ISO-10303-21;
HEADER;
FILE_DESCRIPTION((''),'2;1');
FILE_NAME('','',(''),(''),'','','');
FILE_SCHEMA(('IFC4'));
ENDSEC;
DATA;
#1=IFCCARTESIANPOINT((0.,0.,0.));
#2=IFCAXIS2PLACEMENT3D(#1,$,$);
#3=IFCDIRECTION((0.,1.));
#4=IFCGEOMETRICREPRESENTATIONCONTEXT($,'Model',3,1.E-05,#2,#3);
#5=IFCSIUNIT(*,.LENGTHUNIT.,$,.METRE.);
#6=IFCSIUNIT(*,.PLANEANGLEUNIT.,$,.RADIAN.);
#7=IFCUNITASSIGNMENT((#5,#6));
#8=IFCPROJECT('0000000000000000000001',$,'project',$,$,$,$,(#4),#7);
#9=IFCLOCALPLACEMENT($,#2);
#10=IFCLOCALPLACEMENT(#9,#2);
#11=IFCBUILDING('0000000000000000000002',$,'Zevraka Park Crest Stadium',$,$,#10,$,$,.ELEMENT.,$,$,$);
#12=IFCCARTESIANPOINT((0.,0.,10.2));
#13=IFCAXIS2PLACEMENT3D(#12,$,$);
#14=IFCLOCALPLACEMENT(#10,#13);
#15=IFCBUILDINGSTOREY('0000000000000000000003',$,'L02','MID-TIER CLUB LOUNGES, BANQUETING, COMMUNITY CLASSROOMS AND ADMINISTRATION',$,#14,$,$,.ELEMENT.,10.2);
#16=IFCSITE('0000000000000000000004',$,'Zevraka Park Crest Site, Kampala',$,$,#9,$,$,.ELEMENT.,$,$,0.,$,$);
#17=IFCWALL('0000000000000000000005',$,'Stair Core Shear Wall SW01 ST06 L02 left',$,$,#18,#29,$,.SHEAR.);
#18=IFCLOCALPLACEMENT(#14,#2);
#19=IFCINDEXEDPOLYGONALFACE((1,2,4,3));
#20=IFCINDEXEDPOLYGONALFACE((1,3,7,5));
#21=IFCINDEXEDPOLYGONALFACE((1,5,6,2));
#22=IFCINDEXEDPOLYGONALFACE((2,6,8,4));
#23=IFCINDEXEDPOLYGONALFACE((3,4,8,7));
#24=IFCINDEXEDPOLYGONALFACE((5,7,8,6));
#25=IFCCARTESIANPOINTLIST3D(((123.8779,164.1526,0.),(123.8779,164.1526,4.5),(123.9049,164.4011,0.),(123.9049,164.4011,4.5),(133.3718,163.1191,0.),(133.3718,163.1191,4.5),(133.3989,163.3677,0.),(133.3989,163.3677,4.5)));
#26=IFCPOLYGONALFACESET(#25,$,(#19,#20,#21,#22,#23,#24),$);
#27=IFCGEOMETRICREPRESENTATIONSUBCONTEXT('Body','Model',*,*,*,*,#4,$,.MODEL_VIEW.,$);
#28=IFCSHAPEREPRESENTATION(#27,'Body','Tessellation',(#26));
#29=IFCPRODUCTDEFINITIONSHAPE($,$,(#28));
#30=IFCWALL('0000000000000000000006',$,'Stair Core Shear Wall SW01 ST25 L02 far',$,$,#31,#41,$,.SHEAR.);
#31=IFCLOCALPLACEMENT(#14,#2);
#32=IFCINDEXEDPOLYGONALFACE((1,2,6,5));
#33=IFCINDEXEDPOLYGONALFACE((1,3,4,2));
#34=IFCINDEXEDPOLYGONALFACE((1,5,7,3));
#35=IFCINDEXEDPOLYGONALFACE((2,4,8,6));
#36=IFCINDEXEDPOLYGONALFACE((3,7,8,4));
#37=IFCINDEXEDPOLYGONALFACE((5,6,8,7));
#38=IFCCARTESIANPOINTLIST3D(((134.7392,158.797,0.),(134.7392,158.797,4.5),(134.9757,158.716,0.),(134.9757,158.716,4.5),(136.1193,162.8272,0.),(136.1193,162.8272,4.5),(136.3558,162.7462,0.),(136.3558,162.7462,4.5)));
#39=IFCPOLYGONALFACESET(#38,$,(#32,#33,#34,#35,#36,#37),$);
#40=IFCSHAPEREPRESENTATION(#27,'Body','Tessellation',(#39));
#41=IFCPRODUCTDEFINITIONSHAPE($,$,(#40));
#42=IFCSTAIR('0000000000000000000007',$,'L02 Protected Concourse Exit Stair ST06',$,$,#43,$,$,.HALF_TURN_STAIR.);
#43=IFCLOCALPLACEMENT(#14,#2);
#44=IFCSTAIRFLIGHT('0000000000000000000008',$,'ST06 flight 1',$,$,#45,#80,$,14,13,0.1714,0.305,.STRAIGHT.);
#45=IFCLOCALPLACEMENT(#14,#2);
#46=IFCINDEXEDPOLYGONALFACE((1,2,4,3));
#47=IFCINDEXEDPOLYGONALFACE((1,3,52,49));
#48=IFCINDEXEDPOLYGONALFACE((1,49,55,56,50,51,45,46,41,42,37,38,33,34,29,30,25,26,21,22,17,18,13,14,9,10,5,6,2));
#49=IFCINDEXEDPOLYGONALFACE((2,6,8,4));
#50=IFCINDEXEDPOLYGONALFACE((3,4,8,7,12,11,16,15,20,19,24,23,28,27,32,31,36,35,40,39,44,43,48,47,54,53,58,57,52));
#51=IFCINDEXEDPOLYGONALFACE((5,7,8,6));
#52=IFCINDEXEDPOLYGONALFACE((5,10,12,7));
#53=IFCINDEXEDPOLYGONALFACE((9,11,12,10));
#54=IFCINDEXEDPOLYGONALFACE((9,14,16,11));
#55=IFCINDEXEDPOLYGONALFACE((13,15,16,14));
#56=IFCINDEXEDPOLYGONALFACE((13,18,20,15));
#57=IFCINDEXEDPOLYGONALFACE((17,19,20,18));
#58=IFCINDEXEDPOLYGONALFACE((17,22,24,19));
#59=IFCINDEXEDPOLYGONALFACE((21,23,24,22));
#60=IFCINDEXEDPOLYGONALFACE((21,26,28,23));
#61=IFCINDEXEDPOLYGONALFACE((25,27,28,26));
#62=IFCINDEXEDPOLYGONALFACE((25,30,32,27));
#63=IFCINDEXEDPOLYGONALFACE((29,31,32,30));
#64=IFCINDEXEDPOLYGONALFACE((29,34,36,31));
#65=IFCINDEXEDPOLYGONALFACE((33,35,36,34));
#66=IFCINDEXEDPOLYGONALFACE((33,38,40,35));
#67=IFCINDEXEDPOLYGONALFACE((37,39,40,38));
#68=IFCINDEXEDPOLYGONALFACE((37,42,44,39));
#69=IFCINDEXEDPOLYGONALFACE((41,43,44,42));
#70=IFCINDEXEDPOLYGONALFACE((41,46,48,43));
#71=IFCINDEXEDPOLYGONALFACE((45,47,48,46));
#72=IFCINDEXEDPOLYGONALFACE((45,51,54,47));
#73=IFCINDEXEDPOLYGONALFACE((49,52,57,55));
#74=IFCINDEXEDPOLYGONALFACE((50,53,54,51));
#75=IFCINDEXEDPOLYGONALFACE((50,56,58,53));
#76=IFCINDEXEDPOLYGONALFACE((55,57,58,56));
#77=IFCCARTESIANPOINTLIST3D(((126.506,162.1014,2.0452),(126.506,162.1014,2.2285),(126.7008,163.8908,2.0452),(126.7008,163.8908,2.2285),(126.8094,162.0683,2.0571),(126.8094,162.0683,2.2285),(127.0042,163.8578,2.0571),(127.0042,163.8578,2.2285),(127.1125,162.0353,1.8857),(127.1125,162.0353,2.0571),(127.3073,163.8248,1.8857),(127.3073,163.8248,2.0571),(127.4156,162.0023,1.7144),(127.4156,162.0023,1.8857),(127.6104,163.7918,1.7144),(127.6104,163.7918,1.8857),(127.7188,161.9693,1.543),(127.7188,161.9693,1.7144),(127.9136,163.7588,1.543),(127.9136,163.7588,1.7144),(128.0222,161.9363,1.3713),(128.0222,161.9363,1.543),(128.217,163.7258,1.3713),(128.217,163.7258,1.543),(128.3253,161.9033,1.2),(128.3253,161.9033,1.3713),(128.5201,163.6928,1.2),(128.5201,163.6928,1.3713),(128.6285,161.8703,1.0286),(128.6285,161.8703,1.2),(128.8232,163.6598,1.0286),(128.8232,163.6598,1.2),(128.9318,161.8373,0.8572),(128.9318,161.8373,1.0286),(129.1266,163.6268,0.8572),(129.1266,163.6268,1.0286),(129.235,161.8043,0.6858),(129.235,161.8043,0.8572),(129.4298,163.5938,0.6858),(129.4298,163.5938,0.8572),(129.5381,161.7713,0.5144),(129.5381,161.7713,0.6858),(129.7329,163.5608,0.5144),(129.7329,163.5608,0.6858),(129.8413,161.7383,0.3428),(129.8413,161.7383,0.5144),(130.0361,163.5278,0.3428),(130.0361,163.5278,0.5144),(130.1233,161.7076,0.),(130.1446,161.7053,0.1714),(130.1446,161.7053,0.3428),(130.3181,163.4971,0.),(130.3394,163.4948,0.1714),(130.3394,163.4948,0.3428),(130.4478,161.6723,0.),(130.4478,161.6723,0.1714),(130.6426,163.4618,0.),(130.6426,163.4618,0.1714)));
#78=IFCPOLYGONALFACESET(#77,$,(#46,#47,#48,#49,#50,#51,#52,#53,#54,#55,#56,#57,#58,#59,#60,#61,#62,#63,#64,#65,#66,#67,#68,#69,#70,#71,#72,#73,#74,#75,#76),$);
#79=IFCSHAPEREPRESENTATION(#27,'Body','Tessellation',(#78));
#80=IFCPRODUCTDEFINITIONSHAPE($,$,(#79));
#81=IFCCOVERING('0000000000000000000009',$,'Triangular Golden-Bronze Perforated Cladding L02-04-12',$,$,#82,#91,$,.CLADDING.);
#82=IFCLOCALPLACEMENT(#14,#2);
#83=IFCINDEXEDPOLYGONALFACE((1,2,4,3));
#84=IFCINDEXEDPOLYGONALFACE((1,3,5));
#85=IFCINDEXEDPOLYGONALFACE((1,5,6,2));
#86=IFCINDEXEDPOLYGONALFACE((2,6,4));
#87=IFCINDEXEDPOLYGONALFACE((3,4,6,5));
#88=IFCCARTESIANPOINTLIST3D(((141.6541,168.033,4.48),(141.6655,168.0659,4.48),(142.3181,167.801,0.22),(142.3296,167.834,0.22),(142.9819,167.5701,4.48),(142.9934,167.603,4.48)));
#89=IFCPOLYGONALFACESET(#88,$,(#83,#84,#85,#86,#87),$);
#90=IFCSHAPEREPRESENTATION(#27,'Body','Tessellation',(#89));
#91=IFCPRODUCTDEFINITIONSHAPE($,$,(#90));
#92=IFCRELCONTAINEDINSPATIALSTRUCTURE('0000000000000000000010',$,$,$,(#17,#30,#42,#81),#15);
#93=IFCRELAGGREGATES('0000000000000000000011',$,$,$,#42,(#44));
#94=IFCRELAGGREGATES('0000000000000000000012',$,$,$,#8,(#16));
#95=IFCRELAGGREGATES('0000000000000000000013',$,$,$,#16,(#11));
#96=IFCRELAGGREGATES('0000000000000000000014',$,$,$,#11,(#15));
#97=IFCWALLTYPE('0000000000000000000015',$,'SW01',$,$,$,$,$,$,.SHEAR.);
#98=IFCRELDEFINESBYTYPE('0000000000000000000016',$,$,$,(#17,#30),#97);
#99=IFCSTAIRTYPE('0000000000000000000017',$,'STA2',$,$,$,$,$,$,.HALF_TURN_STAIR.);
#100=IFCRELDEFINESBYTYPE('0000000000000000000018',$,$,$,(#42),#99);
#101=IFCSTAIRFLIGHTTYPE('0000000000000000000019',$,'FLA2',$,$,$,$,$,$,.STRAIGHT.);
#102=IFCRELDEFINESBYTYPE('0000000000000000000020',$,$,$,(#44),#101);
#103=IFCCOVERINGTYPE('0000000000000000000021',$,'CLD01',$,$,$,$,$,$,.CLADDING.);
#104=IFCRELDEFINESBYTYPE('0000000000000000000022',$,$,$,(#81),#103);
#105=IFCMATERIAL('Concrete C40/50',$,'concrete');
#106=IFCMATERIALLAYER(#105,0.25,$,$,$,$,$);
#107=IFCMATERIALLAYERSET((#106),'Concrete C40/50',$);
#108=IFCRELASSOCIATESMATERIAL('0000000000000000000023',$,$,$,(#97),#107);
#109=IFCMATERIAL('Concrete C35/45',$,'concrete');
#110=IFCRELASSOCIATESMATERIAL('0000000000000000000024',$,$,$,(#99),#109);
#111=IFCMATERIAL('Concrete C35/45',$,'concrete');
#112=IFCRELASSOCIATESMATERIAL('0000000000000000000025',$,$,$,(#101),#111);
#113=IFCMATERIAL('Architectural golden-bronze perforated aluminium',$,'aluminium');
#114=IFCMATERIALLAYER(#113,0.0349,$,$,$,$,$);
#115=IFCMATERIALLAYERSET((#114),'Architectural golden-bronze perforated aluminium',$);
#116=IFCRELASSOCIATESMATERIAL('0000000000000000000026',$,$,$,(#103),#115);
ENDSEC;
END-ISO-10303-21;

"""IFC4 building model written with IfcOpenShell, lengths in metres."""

from ifc_helpers import new_model, si_unit, direction, frame, frame_2d, origin, place, context, subcontext, project, spatial, polyline, rectangle, outline, extrude, material, layer, layer_set, type_object, element, aggregate, save


model = new_model("IFC4")

# Units and contexts
model_context = context("Model", 3, precision=1e-05, world=origin(), true_north=direction((0.0, 1.0)))
body_context = subcontext(model_context, "Body", "Model", "MODEL_VIEW")
ifc_project = project(units=[si_unit("LENGTHUNIT", "METRE"), si_unit("PLANEANGLEUNIT", "RADIAN")], contexts=[model_context])

# Site, building, storey
site_placement = place(None, origin())
site = spatial("IfcSite", under=ifc_project, at=site_placement, Name="Zevraka Park Crest Site, Kampala", CompositionType="ELEMENT", RefElevation=0.0)
building_placement = place(site_placement, origin())
building = spatial("IfcBuilding", under=site, at=building_placement, Name="Zevraka Park Crest Stadium", CompositionType="ELEMENT")
storey_placement = place(building_placement, frame((0.0, 0.0, 10.2)))
storey = spatial("IfcBuildingStorey", under=building, at=storey_placement, Name="L02", Description="MID-TIER CLUB LOUNGES, BANQUETING, COMMUNITY CLASSROOMS AND ADMINISTRATION", CompositionType="ELEMENT", Elevation=10.2)

# Walls
ifc_material_1 = material(Name="Concrete C40/50", Category="concrete")
ifc_layer_1 = layer(ifc_material_1, 0.25)
ifc_layer_set_1 = layer_set([ifc_layer_1], Name="Concrete C40/50")
wall_type_1 = type_object("IfcWallType", Name="SW01", PredefinedType="SHEAR", material=ifc_layer_set_1)
wall_1_placement = place(storey_placement, frame((133.3853, 163.2434, 0.0), z_axis=(0.0, 0.0, 1.0), x_axis=(-0.994128, 0.108215, 0.0)))
element("IfcWall", 1, at=wall_1_placement, inside=storey, type_object=wall_type_1, Name="Stair Core Shear Wall SW01 ST06 L02 left", PredefinedType="SHEAR", context=body_context, shape_type="SweptSolid", body=[
    extrude(rectangle(XDim=9.55, YDim=0.25, at=frame_2d((4.7749, 0.0))), origin(), (0.0, 0.0, 1.0), 4.5),
])
wall_2_placement = place(storey_placement, frame((136.2375, 162.7866, 0.0), z_axis=(0.0, 0.0, 1.0), x_axis=(-0.323971, -0.946067, 0.0)))
element("IfcWall", 2, at=wall_2_placement, inside=storey, type_object=wall_type_1, Name="Stair Core Shear Wall SW01 ST25 L02 far", PredefinedType="SHEAR", context=body_context, shape_type="SweptSolid", body=[
    extrude(rectangle(XDim=4.26, YDim=0.25, at=frame_2d((2.1299, 0.0))), origin(), (0.0, 0.0, 1.0), 4.5),
])

# Stair, stair flight
ifc_material_2 = material(Name="Concrete C35/45", Category="concrete")
stair_type = type_object("IfcStairType", Name="STA2", PredefinedType="HALF_TURN_STAIR", material=ifc_material_2)
stair_placement = place(storey_placement, origin())
stair = element("IfcStair", 3, at=stair_placement, inside=storey, type_object=stair_type, Name="L02 Protected Concourse Exit Stair ST06", PredefinedType="HALF_TURN_STAIR")
ifc_material_3 = material(Name="Concrete C35/45", Category="concrete")
stair_flight_type = type_object("IfcStairFlightType", Name="FLA2", PredefinedType="STRAIGHT", material=ifc_material_3)
stair_flight_placement = place(storey_placement, frame((130.5452, 162.5669, 0.0), z_axis=(0.0, 0.0, 1.0), x_axis=(-0.994128, 0.108215, 0.0)))
stair_flight = element("IfcStairFlight", 4, at=stair_flight_placement, type_object=stair_flight_type, Name="ST06 flight 1", NumberOfRisers=14, NumberOfTreads=13, PredefinedType="STRAIGHT", RiserHeight=0.1714, TreadLength=0.305, context=body_context, shape_type="SweptSolid", body=[
    extrude(outline(polyline([(0.0, 0.0), (0.0, 0.1714), (0.3049, 0.1714), (0.3049, 0.3428), (0.6101, 0.3428), (0.6101, 0.5144), (0.915, 0.5144), (0.915, 0.6858), (1.22, 0.6858), (1.22, 0.8572), (1.5249, 0.8572), (1.5249, 1.0286), (1.8301, 1.0286), (1.8301, 1.2), (2.135, 1.2), (2.135, 1.3713), (2.4399, 1.3713), (2.4399, 1.543), (2.7451, 1.543), (2.7451, 1.7144), (3.05, 1.7144), (3.05, 1.8857), (3.355, 1.8857), (3.355, 2.0571), (3.6599, 2.0571), (3.6599, 2.2285), (3.9651, 2.2285), (3.9651, 2.3999), (3.9651, 2.0452), (0.3264, 0.0), (0.0, 0.0)])), frame((0.0, 0.8999, 0.0), z_axis=(0.0, -1.0, 0.0), x_axis=(1.0, 0.0, 0.0)), (0.0, 0.0, 1.0), 1.8),
])
aggregate(stair, [stair_flight])

# Covering
ifc_material_4 = material(Name="Architectural golden-bronze perforated aluminium", Category="aluminium")
ifc_layer_2 = layer(ifc_material_4, 0.0349)
ifc_layer_set_2 = layer_set([ifc_layer_2], Name="Architectural golden-bronze perforated aluminium")
covering_type = type_object("IfcCoveringType", Name="CLD01", PredefinedType="CLADDING", material=ifc_layer_set_2)
covering_placement = place(storey_placement, frame((141.6541, 168.033, 4.48), z_axis=(-0.329167, -0.944272, 0.000099), x_axis=(0.944272, -0.329167, 0.0)))
element("IfcCovering", 5, at=covering_placement, inside=storey, type_object=covering_type, Name="Triangular Golden-Bronze Perforated Cladding L02-04-12", PredefinedType="CLADDING", context=body_context, shape_type="SweptSolid", body=[
    extrude(outline(polyline([(0.0, 0.0), (1.4062, 0.0), (0.7034, -4.26), (0.0, 0.0)])), origin(), (0.0, 0.0, -1.0), 0.0349),
])

save(model, "model.ifc")
